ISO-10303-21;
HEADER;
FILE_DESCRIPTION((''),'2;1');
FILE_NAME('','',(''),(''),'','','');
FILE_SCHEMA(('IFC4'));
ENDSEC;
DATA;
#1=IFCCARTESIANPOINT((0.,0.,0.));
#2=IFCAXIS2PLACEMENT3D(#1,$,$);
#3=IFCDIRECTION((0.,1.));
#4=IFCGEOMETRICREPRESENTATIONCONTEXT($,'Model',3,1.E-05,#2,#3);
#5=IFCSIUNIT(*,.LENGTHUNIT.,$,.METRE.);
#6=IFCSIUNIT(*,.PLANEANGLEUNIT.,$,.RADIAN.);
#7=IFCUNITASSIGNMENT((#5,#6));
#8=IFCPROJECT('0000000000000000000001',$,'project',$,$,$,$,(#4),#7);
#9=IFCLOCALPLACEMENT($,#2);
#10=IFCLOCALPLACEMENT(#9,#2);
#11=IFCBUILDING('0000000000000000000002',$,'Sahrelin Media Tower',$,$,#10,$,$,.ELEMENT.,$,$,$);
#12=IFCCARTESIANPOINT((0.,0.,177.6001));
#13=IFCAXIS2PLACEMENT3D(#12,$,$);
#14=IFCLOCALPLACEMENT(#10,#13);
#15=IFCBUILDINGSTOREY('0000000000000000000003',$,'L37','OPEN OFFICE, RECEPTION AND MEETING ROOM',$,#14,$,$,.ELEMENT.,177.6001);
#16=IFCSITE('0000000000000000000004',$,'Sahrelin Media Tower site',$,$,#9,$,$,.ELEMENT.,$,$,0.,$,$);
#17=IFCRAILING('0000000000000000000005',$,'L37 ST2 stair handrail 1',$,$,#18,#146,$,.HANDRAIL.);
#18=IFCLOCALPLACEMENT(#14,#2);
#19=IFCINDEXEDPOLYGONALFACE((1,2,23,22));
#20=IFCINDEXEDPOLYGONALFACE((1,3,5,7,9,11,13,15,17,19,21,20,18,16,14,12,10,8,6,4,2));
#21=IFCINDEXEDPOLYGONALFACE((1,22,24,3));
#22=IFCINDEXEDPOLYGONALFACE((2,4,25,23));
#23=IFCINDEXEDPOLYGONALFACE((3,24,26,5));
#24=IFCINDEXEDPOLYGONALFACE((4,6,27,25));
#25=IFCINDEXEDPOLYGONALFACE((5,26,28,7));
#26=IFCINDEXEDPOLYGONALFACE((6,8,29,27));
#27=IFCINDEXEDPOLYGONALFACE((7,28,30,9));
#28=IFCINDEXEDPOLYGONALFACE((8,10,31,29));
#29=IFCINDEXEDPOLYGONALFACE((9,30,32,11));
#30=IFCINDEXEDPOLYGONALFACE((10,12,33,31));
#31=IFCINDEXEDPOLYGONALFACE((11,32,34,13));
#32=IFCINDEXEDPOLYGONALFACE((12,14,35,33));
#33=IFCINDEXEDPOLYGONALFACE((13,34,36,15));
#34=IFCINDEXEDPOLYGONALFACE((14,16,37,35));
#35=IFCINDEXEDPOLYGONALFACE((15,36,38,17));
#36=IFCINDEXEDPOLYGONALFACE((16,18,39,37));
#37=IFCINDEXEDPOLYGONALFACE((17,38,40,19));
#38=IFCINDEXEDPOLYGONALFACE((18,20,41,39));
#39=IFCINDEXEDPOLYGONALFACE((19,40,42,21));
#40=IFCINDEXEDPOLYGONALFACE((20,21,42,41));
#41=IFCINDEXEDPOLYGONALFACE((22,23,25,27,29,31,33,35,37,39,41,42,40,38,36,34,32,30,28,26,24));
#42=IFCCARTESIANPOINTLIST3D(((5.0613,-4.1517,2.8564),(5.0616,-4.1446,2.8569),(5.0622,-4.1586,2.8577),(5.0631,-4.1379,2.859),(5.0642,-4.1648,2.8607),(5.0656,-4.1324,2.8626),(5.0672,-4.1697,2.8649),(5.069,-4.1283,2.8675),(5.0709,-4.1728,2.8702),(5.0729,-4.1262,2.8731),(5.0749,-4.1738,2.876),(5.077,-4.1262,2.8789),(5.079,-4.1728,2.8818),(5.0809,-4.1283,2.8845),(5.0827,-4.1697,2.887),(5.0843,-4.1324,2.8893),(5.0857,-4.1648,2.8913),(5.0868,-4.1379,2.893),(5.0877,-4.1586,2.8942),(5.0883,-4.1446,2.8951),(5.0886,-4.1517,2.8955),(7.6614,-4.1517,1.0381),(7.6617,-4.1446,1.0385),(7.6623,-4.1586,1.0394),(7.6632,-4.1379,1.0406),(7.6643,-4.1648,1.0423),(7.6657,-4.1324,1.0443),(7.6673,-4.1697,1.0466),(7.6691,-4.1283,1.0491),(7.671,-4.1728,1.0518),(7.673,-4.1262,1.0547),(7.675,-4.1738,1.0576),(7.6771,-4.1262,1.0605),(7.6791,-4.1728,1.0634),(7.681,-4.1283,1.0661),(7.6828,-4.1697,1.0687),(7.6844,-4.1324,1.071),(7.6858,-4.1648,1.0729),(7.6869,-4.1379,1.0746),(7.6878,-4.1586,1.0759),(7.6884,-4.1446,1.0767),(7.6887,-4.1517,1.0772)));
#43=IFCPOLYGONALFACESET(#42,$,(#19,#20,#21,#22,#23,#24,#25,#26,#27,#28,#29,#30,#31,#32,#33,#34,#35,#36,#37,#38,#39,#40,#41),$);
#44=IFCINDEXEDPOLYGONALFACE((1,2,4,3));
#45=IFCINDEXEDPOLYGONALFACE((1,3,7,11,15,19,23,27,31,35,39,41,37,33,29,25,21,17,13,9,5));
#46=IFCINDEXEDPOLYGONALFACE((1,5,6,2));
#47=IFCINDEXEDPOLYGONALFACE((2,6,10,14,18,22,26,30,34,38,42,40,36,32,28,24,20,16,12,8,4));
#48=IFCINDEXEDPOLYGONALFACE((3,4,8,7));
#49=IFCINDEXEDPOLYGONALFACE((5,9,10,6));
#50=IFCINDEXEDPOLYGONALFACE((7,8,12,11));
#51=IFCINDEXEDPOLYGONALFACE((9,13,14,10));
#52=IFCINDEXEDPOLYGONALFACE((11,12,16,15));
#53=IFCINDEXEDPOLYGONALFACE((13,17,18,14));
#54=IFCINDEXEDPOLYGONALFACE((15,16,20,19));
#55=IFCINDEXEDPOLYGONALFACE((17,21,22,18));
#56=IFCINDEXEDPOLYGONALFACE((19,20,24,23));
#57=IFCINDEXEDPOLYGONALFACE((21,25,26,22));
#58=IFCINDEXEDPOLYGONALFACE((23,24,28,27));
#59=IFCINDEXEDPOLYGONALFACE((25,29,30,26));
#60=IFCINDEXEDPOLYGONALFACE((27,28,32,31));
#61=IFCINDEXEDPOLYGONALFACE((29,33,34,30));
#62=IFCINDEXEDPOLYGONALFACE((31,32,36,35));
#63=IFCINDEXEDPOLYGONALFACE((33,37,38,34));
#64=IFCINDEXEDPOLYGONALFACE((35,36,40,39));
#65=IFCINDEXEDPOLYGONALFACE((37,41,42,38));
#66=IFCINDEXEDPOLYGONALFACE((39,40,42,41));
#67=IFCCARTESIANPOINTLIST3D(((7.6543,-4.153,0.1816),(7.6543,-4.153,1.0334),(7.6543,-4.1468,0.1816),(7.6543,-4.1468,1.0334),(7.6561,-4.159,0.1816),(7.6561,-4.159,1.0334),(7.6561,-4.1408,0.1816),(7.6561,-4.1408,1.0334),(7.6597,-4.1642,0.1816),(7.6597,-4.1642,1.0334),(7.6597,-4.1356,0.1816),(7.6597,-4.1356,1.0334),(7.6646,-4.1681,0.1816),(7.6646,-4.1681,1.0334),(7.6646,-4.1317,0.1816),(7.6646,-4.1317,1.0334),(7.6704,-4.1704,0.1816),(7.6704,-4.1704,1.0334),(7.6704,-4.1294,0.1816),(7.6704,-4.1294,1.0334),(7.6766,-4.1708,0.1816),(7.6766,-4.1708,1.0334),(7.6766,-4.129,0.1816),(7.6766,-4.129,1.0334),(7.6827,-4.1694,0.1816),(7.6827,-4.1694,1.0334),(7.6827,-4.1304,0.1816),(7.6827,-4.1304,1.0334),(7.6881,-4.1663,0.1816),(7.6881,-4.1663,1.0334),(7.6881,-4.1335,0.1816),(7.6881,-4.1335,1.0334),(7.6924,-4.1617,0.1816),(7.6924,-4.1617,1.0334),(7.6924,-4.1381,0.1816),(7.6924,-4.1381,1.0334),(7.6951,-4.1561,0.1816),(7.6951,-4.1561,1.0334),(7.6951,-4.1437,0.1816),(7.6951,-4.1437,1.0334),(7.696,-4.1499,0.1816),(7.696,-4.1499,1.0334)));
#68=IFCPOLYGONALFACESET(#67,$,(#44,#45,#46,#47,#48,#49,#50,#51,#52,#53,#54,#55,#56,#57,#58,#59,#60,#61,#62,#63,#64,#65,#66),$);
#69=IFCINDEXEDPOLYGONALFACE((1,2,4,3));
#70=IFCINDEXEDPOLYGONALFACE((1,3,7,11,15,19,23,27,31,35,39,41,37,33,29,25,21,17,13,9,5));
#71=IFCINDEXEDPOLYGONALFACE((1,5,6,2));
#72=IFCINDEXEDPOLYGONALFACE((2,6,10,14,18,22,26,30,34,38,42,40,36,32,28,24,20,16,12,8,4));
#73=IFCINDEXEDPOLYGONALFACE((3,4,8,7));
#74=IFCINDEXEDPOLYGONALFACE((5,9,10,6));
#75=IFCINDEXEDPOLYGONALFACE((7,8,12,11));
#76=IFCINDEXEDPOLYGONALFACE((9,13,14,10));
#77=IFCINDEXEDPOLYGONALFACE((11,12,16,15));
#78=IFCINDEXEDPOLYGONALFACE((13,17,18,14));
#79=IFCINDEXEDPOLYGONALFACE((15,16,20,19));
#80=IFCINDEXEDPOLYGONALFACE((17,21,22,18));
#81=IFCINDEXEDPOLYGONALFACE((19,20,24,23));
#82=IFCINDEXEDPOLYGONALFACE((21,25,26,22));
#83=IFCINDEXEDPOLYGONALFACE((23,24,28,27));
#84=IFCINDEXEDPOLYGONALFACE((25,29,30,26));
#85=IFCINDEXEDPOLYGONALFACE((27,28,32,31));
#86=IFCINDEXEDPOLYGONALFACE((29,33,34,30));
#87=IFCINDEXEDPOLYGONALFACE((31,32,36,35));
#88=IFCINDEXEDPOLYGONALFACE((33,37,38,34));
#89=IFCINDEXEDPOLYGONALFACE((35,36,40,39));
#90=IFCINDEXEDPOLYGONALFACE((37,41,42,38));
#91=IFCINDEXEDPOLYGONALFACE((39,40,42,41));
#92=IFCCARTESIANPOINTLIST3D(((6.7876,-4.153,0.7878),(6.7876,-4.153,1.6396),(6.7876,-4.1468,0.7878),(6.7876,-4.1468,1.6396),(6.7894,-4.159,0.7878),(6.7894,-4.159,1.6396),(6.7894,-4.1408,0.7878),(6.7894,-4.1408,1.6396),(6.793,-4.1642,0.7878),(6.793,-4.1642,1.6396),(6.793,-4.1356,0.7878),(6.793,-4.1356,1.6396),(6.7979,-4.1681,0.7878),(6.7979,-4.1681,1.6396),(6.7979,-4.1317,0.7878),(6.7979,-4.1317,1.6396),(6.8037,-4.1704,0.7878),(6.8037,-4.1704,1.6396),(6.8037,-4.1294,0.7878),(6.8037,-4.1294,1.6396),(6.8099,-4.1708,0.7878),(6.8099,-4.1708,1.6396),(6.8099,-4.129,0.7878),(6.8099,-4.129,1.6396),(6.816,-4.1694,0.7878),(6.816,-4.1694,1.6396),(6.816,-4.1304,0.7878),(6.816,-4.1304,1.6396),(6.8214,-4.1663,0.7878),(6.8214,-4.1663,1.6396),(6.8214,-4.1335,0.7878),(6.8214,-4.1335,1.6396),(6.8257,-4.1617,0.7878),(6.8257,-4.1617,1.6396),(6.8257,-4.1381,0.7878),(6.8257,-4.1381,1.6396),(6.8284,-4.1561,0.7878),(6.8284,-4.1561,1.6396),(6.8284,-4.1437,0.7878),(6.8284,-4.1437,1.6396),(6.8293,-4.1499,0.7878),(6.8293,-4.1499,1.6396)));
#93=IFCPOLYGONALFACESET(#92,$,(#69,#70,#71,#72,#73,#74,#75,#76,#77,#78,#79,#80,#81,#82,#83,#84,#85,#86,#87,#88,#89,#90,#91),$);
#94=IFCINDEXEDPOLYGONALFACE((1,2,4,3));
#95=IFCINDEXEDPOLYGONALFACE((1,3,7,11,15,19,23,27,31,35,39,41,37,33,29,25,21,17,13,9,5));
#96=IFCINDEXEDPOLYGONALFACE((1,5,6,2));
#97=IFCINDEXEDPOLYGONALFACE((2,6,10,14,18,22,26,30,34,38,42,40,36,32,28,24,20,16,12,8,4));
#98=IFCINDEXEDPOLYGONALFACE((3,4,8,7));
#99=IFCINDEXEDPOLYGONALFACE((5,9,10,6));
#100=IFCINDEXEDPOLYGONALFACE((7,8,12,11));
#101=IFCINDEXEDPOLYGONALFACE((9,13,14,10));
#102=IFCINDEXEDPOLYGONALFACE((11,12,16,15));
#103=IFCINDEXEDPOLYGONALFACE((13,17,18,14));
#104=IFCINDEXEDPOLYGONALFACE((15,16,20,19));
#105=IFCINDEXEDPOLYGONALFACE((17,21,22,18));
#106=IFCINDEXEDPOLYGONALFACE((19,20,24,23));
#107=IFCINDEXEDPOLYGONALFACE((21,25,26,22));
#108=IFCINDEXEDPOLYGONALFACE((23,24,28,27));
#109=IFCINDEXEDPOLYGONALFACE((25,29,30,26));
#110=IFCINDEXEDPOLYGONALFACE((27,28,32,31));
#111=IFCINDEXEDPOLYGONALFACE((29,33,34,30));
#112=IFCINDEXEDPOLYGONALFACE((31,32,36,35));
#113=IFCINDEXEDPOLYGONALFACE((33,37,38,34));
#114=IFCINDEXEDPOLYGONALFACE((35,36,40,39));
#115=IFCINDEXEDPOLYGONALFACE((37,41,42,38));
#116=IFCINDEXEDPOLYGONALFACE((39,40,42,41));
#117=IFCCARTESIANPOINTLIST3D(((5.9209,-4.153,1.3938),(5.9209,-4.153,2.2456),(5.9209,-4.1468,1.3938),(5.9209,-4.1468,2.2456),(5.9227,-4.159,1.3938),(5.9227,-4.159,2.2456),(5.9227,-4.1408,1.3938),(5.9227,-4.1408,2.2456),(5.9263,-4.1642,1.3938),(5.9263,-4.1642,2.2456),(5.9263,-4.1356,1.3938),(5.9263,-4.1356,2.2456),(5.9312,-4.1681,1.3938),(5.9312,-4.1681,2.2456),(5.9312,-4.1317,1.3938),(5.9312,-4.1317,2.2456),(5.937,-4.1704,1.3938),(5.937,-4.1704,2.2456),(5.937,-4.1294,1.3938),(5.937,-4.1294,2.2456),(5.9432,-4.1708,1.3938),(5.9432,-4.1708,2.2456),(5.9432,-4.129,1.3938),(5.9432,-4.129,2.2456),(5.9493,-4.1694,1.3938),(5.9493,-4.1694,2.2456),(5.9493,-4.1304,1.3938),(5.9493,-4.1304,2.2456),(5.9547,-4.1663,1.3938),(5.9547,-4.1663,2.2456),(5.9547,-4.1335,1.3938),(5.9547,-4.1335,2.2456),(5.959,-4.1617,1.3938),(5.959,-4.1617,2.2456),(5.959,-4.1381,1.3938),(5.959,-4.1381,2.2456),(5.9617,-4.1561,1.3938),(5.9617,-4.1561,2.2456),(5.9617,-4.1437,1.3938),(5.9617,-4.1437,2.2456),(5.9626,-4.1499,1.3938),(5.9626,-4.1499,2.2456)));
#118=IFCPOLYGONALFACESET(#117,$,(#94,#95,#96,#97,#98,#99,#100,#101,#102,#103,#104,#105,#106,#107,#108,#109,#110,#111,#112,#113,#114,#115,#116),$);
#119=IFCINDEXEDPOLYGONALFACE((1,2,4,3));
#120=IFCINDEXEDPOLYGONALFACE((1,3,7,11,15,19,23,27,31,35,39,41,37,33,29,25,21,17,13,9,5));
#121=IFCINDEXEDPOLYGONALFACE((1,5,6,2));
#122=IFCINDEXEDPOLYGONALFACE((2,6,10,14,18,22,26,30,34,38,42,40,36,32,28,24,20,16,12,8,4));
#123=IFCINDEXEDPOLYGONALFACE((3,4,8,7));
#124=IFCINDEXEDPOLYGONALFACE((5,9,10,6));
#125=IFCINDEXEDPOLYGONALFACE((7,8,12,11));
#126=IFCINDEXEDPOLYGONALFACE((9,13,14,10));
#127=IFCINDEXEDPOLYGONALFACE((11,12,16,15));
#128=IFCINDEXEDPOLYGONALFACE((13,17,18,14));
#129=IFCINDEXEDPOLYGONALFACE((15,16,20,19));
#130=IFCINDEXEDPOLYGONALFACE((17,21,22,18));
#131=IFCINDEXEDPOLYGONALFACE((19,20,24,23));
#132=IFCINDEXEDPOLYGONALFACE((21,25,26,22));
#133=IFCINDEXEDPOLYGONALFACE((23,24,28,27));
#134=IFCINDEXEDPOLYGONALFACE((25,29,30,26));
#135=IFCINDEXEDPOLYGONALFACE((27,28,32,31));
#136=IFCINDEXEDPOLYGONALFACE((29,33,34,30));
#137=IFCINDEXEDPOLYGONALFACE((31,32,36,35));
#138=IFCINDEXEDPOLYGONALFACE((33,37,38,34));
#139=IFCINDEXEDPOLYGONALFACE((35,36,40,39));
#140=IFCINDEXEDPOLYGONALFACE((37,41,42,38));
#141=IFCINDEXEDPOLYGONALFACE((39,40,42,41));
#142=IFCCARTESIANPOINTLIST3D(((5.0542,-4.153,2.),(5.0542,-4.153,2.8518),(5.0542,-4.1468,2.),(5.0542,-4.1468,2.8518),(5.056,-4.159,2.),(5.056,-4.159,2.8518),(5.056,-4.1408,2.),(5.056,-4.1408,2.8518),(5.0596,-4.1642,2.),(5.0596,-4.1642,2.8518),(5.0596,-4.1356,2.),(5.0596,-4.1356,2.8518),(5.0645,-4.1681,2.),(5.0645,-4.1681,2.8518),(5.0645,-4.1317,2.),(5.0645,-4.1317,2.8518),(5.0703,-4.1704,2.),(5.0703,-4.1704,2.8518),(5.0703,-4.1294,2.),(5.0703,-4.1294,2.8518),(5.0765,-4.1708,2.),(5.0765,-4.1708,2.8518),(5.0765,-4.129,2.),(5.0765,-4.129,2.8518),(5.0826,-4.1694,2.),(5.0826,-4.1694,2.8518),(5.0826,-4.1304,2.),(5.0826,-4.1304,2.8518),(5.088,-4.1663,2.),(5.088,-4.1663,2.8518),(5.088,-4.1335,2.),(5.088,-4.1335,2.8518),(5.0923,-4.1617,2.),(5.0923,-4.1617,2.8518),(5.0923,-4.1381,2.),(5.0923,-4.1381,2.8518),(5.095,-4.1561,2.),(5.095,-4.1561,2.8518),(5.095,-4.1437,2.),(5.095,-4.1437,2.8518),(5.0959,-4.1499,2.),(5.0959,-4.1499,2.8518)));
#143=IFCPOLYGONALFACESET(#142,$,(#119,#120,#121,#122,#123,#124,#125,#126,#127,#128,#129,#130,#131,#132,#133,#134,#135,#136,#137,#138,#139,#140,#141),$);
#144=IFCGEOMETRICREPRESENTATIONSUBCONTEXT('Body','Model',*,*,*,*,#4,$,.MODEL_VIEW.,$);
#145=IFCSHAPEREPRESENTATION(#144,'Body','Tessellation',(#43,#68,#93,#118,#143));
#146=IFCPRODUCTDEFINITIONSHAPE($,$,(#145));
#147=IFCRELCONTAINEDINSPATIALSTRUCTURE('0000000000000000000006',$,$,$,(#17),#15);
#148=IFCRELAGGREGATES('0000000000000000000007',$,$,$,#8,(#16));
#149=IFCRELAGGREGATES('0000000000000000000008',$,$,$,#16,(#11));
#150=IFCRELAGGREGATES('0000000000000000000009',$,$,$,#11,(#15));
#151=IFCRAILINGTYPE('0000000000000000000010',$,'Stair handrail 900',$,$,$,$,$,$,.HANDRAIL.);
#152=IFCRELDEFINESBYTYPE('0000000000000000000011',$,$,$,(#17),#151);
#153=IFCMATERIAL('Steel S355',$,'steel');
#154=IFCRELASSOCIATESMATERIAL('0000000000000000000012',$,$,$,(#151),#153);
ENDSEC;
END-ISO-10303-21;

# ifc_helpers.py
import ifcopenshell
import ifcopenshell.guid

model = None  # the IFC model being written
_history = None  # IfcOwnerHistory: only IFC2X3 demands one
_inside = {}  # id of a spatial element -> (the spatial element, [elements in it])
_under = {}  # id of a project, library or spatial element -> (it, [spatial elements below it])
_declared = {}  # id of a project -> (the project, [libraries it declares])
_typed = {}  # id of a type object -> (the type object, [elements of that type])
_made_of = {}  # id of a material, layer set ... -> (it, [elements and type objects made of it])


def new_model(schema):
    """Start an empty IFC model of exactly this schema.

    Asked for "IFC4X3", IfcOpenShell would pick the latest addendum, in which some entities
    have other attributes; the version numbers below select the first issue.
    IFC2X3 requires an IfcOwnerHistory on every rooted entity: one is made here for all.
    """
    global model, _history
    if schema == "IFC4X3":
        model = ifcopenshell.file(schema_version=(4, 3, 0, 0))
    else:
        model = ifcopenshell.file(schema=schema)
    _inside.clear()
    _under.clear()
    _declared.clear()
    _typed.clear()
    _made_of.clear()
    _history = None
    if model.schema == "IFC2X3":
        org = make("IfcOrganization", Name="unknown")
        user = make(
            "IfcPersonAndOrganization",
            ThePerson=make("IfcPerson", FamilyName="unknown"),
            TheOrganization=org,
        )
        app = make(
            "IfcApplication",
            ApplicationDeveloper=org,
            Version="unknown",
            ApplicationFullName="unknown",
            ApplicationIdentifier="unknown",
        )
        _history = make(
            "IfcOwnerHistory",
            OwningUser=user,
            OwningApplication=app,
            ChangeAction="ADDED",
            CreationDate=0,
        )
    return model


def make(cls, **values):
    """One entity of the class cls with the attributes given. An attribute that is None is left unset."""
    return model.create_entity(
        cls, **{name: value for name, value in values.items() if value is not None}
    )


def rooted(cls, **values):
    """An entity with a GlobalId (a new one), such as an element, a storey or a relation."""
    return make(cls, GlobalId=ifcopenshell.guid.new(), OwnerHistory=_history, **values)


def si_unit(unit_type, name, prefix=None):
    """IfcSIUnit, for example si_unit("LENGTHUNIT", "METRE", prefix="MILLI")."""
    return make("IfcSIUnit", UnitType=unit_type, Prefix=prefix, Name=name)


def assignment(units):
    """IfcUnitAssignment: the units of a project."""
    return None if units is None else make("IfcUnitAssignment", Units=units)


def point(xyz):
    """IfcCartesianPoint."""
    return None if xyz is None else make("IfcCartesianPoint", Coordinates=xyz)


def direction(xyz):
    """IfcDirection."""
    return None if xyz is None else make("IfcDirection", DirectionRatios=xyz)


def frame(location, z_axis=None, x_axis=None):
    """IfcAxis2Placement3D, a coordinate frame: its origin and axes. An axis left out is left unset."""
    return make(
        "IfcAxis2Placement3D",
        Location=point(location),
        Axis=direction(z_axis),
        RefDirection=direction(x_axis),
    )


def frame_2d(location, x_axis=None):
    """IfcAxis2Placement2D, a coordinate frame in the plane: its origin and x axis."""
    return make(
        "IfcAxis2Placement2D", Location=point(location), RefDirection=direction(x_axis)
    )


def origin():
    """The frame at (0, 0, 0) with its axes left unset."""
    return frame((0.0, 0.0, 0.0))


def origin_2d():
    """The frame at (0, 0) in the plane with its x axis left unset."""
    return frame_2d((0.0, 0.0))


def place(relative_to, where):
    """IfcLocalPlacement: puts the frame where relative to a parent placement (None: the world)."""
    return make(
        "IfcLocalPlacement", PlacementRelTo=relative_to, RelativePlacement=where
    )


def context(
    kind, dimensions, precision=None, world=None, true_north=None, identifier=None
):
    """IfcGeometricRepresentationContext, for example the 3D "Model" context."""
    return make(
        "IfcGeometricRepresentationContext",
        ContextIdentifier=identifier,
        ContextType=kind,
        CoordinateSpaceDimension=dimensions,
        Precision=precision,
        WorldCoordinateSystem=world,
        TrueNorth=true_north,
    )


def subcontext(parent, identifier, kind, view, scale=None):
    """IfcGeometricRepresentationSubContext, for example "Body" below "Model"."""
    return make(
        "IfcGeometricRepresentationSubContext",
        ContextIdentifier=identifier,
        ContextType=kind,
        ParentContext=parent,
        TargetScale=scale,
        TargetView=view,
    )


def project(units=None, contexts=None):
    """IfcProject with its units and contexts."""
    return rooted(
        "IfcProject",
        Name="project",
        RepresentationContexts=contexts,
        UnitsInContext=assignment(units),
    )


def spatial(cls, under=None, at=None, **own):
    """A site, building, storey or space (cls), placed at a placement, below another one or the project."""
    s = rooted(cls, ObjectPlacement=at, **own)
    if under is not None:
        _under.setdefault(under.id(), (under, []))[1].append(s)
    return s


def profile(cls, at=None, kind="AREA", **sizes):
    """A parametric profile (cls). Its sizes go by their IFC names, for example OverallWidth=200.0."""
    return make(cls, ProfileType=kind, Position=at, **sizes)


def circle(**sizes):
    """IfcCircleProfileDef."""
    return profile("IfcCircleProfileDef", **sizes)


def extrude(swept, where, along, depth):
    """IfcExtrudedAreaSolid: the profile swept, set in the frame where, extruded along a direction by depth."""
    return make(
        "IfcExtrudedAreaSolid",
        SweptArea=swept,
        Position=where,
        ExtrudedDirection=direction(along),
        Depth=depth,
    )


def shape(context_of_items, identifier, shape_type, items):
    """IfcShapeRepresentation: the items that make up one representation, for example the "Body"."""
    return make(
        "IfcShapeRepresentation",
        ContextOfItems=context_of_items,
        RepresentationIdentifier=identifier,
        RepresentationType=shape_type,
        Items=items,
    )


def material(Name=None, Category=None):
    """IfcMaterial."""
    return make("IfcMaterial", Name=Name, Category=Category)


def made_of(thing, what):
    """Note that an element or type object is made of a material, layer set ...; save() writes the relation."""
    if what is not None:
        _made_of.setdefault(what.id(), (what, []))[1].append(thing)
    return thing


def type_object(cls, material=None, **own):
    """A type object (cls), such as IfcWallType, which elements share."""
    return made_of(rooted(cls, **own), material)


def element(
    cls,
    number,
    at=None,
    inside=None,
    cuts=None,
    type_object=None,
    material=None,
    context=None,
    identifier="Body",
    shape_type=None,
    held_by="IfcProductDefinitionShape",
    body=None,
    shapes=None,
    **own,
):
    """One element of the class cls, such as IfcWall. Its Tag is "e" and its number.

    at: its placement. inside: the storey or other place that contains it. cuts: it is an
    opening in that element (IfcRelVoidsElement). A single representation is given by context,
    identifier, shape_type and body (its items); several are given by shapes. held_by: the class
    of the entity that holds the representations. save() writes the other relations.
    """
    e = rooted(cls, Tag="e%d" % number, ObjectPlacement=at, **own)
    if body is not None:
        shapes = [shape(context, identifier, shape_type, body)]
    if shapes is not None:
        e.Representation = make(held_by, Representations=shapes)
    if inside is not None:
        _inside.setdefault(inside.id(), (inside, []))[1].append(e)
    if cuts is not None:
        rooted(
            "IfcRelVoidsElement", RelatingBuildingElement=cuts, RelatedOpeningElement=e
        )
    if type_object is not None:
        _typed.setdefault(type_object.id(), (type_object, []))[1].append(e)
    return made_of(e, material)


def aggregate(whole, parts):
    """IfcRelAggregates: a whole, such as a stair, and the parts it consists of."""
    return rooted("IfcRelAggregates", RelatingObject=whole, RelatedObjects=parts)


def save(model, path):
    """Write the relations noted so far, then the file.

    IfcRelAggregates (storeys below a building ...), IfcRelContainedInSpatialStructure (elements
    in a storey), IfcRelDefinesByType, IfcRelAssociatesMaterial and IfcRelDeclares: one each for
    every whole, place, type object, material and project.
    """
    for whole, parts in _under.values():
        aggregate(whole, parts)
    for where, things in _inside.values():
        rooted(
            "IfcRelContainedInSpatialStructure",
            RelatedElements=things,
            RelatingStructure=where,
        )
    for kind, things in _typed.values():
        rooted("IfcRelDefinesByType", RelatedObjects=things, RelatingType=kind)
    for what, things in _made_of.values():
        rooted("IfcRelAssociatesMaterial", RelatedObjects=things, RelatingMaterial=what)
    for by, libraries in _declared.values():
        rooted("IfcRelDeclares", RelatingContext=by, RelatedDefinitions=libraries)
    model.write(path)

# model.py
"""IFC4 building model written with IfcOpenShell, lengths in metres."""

from ifc_helpers import new_model, si_unit, direction, frame, origin, origin_2d, place, context, subcontext, project, spatial, circle, extrude, material, type_object, element, save


model = new_model("IFC4")

# Units and contexts
model_context = context("Model", 3, precision=1e-05, world=origin(), true_north=direction((0.0, 1.0)))
body_context = subcontext(model_context, "Body", "Model", "MODEL_VIEW")
ifc_project = project(units=[si_unit("LENGTHUNIT", "METRE"), si_unit("PLANEANGLEUNIT", "RADIAN")], contexts=[model_context])

# Site, building, storey
site_placement = place(None, origin())
site = spatial("IfcSite", under=ifc_project, at=site_placement, Name="Sahrelin Media Tower site", CompositionType="ELEMENT", RefElevation=0.0)
building_placement = place(site_placement, origin())
building = spatial("IfcBuilding", under=site, at=building_placement, Name="Sahrelin Media Tower", CompositionType="ELEMENT")
storey_placement = place(building_placement, frame((0.0, 0.0, 177.6001)))
storey = spatial("IfcBuildingStorey", under=building, at=storey_placement, Name="L37", Description="OPEN OFFICE, RECEPTION AND MEETING ROOM", CompositionType="ELEMENT", Elevation=177.6001)

# Shared definitions
ifc_material_1 = material(Name="Steel S355", Category="steel")

# Railing
railing_type_1 = type_object("IfcRailingType", Name="Stair handrail 900", PredefinedType="HANDRAIL", material=ifc_material_1)
railing_1_placement = place(storey_placement, frame((7.675, -4.1499, 0.1816)))
element("IfcRailing", 1, at=railing_1_placement, inside=storey, type_object=railing_type_1, Name="L37 ST2 stair handrail 1", PredefinedType="HANDRAIL", context=body_context, shape_type="SweptSolid", body=[
    extrude(circle(Radius=0.0239, at=origin_2d()), frame((0.0, 0.0, 0.876), z_axis=(-0.819485, 0.0, 0.573101), x_axis=(0.0, -1.0, 0.0)), (0.0, 0.0, 1.0), 3.1729),
    extrude(circle(Radius=0.021, at=origin_2d()), origin(), (0.0, 0.0, 1.0), 0.8518),
    extrude(circle(Radius=0.021, at=origin_2d()), frame((-0.8667, 0.0, 0.6062)), (0.0, 0.0, 1.0), 0.8518),
    extrude(circle(Radius=0.021, at=origin_2d()), frame((-1.7334, 0.0, 1.2122)), (0.0, 0.0, 1.0), 0.8518),
    extrude(circle(Radius=0.021, at=origin_2d()), frame((-2.6001, 0.0, 1.8184)), (0.0, 0.0, 1.0), 0.8518),
])

save(model, "model.ifc")
